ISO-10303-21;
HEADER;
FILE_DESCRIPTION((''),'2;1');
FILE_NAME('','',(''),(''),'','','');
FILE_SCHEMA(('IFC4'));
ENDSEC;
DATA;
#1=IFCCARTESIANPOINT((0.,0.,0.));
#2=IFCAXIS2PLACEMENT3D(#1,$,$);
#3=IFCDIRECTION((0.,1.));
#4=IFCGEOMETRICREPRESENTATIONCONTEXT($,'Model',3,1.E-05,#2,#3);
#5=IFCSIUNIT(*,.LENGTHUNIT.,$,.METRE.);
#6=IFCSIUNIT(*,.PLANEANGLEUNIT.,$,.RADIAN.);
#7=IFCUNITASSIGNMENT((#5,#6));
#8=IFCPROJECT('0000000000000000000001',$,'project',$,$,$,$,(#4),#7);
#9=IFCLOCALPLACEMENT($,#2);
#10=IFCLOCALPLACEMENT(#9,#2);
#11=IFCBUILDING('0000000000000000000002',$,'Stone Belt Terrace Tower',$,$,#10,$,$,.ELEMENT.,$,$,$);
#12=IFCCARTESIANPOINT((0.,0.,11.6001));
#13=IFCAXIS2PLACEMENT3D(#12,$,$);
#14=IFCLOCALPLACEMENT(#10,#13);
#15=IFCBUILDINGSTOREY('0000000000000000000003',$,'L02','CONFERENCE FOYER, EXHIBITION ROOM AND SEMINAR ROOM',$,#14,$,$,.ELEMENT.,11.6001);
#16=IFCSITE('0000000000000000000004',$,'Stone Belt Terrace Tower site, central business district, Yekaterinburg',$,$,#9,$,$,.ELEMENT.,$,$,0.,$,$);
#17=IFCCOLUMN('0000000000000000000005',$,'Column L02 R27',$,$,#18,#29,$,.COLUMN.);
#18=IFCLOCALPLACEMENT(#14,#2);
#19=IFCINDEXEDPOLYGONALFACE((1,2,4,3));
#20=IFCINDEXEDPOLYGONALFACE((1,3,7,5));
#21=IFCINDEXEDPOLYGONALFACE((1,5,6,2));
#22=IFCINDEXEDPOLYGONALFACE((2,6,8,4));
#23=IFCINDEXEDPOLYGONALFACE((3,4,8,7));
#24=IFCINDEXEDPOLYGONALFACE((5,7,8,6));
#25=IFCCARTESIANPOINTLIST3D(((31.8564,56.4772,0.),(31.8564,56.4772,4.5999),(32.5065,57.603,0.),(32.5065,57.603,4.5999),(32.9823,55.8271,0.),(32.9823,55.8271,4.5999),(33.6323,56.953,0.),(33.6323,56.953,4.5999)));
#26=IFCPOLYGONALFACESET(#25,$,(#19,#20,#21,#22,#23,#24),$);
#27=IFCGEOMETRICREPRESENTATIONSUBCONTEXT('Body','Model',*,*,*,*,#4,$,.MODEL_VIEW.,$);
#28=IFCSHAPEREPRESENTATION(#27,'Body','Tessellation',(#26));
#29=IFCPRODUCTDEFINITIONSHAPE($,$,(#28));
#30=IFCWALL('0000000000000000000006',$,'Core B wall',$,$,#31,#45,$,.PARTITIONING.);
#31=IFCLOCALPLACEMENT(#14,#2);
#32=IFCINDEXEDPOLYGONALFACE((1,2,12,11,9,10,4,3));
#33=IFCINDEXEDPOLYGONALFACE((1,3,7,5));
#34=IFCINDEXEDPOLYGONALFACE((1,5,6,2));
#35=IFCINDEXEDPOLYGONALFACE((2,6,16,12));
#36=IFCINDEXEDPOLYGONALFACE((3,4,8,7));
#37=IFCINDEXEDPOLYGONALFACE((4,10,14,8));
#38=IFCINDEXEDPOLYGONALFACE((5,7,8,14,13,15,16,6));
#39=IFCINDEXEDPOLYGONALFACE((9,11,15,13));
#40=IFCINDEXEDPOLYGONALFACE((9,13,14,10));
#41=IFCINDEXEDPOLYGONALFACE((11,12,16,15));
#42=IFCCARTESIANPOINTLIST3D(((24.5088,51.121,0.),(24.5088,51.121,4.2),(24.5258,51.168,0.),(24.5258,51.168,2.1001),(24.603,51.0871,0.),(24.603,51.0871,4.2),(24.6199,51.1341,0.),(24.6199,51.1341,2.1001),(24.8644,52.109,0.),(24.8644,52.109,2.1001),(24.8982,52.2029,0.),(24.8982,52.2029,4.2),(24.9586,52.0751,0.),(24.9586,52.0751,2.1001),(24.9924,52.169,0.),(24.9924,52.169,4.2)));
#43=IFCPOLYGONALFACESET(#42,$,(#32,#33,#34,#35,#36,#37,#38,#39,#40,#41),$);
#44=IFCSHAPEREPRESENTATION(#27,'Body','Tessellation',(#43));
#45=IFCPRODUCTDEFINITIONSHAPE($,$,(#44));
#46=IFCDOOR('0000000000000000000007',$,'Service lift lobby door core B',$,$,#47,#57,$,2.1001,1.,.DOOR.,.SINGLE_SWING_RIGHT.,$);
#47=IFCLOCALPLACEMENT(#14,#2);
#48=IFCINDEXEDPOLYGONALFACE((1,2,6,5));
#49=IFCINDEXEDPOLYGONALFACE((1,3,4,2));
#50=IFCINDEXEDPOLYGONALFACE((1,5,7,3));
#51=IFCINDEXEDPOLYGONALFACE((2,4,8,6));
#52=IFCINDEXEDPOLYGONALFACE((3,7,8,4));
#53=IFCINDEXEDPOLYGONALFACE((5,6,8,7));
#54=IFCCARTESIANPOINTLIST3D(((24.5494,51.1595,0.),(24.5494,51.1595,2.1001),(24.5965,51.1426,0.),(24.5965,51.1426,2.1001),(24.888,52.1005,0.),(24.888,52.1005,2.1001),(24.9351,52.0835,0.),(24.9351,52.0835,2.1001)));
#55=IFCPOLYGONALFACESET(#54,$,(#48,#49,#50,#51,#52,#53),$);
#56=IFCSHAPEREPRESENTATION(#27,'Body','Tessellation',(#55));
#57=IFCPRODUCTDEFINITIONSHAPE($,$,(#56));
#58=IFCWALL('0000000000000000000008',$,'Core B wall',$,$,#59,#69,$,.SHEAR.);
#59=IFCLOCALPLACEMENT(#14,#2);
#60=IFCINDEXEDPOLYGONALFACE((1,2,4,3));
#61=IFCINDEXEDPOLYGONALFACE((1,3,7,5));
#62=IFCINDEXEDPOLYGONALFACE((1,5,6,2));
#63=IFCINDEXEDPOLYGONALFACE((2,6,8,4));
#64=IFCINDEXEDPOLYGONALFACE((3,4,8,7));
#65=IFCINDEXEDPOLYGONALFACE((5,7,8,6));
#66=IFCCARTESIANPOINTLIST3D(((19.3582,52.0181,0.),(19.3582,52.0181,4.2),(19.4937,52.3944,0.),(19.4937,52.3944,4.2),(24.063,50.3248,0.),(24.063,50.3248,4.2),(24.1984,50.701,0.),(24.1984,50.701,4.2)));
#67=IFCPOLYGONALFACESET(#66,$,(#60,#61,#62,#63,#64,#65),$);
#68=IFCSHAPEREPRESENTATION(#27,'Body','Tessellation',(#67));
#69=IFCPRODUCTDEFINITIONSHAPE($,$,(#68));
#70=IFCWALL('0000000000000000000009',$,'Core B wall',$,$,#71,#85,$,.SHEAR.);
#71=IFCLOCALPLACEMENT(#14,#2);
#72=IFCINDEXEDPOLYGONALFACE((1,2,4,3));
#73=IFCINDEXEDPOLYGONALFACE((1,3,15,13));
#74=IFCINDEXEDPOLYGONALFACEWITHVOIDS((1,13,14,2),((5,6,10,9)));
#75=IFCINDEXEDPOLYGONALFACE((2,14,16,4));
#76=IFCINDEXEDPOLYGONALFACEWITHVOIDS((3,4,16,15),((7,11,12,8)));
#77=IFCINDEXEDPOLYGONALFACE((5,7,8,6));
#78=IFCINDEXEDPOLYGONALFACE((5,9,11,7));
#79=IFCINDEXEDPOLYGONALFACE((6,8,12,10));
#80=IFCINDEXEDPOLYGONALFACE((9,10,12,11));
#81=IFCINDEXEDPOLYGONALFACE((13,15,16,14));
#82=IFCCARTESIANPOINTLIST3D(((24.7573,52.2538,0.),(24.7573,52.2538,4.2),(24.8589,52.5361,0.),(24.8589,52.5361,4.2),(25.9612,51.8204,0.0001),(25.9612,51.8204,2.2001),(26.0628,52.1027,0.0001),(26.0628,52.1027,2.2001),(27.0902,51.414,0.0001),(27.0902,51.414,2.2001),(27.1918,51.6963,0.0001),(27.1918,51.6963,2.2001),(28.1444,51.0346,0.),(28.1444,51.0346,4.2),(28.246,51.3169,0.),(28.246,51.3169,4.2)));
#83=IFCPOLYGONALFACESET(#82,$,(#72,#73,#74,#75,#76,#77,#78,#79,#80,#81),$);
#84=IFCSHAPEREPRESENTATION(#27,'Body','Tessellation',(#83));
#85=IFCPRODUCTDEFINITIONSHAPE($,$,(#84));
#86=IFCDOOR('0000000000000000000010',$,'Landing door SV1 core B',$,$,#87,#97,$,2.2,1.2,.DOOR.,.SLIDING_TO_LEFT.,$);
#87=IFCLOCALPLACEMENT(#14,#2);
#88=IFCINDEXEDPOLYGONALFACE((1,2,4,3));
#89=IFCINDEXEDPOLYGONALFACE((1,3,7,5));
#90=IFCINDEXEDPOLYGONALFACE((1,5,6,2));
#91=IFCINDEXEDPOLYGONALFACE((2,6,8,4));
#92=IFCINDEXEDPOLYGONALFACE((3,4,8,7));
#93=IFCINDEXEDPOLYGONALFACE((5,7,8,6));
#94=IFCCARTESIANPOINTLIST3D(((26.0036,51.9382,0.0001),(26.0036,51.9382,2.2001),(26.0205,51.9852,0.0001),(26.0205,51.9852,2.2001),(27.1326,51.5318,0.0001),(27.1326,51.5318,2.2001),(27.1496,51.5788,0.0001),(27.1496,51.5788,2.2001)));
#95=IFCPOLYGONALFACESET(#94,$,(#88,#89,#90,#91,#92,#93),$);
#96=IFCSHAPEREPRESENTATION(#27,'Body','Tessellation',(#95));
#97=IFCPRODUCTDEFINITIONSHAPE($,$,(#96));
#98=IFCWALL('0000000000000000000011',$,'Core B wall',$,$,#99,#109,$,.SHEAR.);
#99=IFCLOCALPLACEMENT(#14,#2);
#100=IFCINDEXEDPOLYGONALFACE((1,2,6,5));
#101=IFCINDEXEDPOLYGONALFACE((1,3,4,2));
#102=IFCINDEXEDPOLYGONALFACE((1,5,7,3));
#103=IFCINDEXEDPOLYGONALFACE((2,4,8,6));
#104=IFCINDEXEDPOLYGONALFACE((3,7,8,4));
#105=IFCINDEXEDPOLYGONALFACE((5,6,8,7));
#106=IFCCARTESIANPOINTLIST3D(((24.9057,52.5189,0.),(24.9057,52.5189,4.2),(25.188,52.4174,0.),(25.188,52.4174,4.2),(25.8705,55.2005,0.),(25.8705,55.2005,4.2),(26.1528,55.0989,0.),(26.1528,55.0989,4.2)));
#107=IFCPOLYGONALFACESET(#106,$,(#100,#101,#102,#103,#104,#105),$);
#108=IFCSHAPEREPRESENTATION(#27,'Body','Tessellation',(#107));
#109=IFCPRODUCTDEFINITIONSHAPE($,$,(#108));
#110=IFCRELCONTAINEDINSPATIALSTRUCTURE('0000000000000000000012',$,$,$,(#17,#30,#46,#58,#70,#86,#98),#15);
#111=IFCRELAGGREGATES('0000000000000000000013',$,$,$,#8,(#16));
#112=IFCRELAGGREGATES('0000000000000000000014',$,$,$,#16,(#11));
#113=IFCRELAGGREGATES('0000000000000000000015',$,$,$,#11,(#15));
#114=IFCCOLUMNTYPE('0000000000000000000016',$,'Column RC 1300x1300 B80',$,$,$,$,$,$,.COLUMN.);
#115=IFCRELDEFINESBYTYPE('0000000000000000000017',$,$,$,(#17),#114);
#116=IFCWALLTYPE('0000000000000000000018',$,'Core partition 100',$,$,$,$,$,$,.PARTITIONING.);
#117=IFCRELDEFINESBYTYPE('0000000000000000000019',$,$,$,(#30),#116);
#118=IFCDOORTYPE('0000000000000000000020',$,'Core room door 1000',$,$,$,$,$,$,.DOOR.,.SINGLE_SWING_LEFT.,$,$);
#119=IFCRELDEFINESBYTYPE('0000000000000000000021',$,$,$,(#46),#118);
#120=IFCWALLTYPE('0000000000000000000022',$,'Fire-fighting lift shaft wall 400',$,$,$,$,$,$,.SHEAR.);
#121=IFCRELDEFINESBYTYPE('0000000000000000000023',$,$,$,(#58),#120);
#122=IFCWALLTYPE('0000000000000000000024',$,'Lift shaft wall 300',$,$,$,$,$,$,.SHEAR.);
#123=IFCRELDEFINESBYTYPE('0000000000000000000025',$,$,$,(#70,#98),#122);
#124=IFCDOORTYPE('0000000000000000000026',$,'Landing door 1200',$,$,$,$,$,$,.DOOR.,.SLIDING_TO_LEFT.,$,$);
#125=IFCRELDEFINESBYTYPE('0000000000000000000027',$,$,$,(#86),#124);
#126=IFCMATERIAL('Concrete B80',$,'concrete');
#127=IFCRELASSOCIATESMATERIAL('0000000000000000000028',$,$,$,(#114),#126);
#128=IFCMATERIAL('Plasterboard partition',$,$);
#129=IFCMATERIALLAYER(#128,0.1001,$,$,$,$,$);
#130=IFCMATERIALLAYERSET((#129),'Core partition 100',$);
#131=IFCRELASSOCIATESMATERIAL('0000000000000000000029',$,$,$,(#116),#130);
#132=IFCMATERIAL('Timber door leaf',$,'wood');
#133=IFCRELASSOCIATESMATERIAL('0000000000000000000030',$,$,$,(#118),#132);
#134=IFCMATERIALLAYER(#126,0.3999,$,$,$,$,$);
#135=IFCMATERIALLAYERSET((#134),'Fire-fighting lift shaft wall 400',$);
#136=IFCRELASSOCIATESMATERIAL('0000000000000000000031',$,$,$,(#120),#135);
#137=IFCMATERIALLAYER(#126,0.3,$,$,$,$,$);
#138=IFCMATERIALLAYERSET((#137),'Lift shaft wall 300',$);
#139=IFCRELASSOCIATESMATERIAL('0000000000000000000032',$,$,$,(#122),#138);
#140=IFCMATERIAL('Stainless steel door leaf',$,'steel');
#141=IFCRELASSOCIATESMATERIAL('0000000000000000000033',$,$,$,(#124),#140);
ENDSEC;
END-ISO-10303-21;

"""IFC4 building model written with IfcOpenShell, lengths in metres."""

from ifc_helpers import new_model, si_unit, direction, frame, frame_2d, origin, origin_2d, place, context, subcontext, project, spatial, rectangle, extrude, material, layer, layer_set, material_profile, profile_set, type_object, element, fill, save


model = new_model("IFC4")

# Units and contexts
model_context = context("Model", 3, precision=1e-05, world=origin(), true_north=direction((0.0, 1.0)))
body_context = subcontext(model_context, "Body", "Model", "MODEL_VIEW")
ifc_project = project(units=[si_unit("LENGTHUNIT", "METRE"), si_unit("PLANEANGLEUNIT", "RADIAN")], contexts=[model_context])

# Site, building, storey
site_placement = place(None, origin())
site = spatial("IfcSite", under=ifc_project, at=site_placement, Name="Stone Belt Terrace Tower site, central business district, Yekaterinburg", CompositionType="ELEMENT", RefElevation=0.0)
building_placement = place(site_placement, origin())
building = spatial("IfcBuilding", under=site, at=building_placement, Name="Stone Belt Terrace Tower", CompositionType="ELEMENT")
storey_placement = place(building_placement, frame((0.0, 0.0, 11.6001)))
storey = spatial("IfcBuildingStorey", under=building, at=storey_placement, Name="L02", Description="CONFERENCE FOYER, EXHIBITION ROOM AND SEMINAR ROOM", CompositionType="ELEMENT", Elevation=11.6001)

# Column
ifc_material_1 = material(Name="Concrete B80", Category="concrete")
ifc_material_profile = material_profile(ifc_material_1, rectangle(XDim=1.3, YDim=1.3, at=origin_2d()), Name="RC 1300x1300")
ifc_profile_set = profile_set([ifc_material_profile], Name="Concrete B80")
column_type = type_object("IfcColumnType", Name="Column RC 1300x1300 B80", PredefinedType="COLUMN", material=ifc_profile_set)
column_placement = place(storey_placement, frame((32.7444, 56.7151, 0.0), z_axis=(0.0, 0.0, 1.0), x_axis=(0.866025, -0.5, 0.0)))
element("IfcColumn", 1, at=column_placement, inside=storey, type_object=column_type, Name="Column L02 R27", PredefinedType="COLUMN", context=body_context, shape_type="SweptSolid", body=[
    extrude(rectangle(XDim=1.3, YDim=1.3, at=origin_2d()), origin(), (0.0, 0.0, 1.0), 4.5999),
])

# Wall, opening, door
ifc_material_2 = material(Name="Plasterboard partition")
ifc_layer_1 = layer(ifc_material_2, 0.1001)
ifc_layer_set_1 = layer_set([ifc_layer_1], Name="Core partition 100")
wall_type_1 = type_object("IfcWallType", Name="Core partition 100", PredefinedType="PARTITIONING", material=ifc_layer_set_1)
wall_1_placement = place(storey_placement, frame((24.5559, 51.104, 0.0), z_axis=(0.0, 0.0, 1.0), x_axis=(0.338622, 0.940923, 0.0)))
wall_1 = element("IfcWall", 2, at=wall_1_placement, inside=storey, type_object=wall_type_1, Name="Core B wall", PredefinedType="PARTITIONING", context=body_context, shape_type="SweptSolid", body=[
    extrude(rectangle(XDim=1.1499, YDim=0.1001, at=frame_2d((0.575, 0.0))), origin(), (0.0, 0.0, 1.0), 4.2),
])
opening_1_placement = place(wall_1_placement, frame((0.05, 0.0, 0.0)))
opening_1 = element("IfcOpeningElement", 3, at=opening_1_placement, cuts=wall_1, PredefinedType="OPENING", context=body_context, shape_type="SweptSolid", body=[
    extrude(rectangle(XDim=1.0, YDim=2.1001, at=frame_2d((0.5, 1.05))), frame((0.0, 0.0601, 0.0), z_axis=(0.0, -1.0, 0.0), x_axis=(1.0, 0.0, 0.0)), (0.0, 0.0, 1.0), 0.1201),
])
ifc_material_3 = material(Name="Timber door leaf", Category="wood")
door_type_1 = type_object("IfcDoorType", Name="Core room door 1000", OperationType="SINGLE_SWING_LEFT", PredefinedType="DOOR", material=ifc_material_3)
door_1_placement = place(opening_1_placement, origin())
door_1 = element("IfcDoor", 4, at=door_1_placement, inside=storey, type_object=door_type_1, Name="Service lift lobby door core B", OperationType="SINGLE_SWING_RIGHT", OverallHeight=2.1001, OverallWidth=1.0, PredefinedType="DOOR", context=body_context, shape_type="SweptSolid", body=[
    extrude(rectangle(XDim=1.0, YDim=2.1001, at=frame_2d((0.5, 1.05))), frame((0.0, 0.0249, 0.0), z_axis=(0.0, -1.0, 0.0), x_axis=(1.0, 0.0, 0.0)), (0.0, 0.0, 1.0), 0.05),
])
fill(opening_1, door_1)

# Wall
ifc_layer_2 = layer(ifc_material_1, 0.3999)
ifc_layer_set_2 = layer_set([ifc_layer_2], Name="Fire-fighting lift shaft wall 400")
wall_type_2 = type_object("IfcWallType", Name="Fire-fighting lift shaft wall 400", PredefinedType="SHEAR", material=ifc_layer_set_2)
wall_2_placement = place(storey_placement, frame((24.1306, 50.5129, 0.0), z_axis=(0.0, 0.0, 1.0), x_axis=(-0.940912, 0.338652, 0.0)))
element("IfcWall", 5, at=wall_2_placement, inside=storey, type_object=wall_type_2, Name="Core B wall", PredefinedType="SHEAR", context=body_context, shape_type="SweptSolid", body=[
    extrude(rectangle(XDim=5.0002, YDim=0.3999, at=frame_2d((2.5, 0.0))), origin(), (0.0, 0.0, 1.0), 4.2),
])

# Wall, opening, door
ifc_layer_3 = layer(ifc_material_1, 0.3)
ifc_layer_set_3 = layer_set([ifc_layer_3], Name="Lift shaft wall 300")
wall_type_3 = type_object("IfcWallType", Name="Lift shaft wall 300", PredefinedType="SHEAR", material=ifc_layer_set_3)
wall_3_placement = place(storey_placement, frame((28.1951, 51.1758, 0.0), z_axis=(0.0, 0.0, 1.0), x_axis=(-0.940901, 0.338681, 0.0)))
wall_3 = element("IfcWall", 6, at=wall_3_placement, inside=storey, type_object=wall_type_3, Name="Core B wall", PredefinedType="SHEAR", context=body_context, shape_type="SweptSolid", body=[
    extrude(rectangle(XDim=3.5999, YDim=0.3, at=frame_2d((1.7998, 0.0))), origin(), (0.0, 0.0, 1.0), 4.2),
])
opening_2_placement = place(wall_3_placement, frame((1.1201, 0.0, 0.0)))
opening_2 = element("IfcOpeningElement", 7, at=opening_2_placement, cuts=wall_3, PredefinedType="OPENING", context=body_context, shape_type="SweptSolid", body=[
    extrude(rectangle(XDim=1.2, YDim=2.2, at=frame_2d((0.6001, 1.1001))), frame((0.0, 0.1599, 0.0), z_axis=(0.0, -1.0, 0.0), x_axis=(1.0, 0.0, 0.0)), (0.0, 0.0, 1.0), 0.3201),
])
ifc_material_4 = material(Name="Stainless steel door leaf", Category="steel")
door_type_2 = type_object("IfcDoorType", Name="Landing door 1200", OperationType="SLIDING_TO_LEFT", PredefinedType="DOOR", material=ifc_material_4)
door_2_placement = place(opening_2_placement, origin())
door_2 = element("IfcDoor", 8, at=door_2_placement, inside=storey, type_object=door_type_2, Name="Landing door SV1 core B", OperationType="SLIDING_TO_LEFT", OverallHeight=2.2, OverallWidth=1.2, PredefinedType="DOOR", context=body_context, shape_type="SweptSolid", body=[
    extrude(rectangle(XDim=1.2, YDim=2.2, at=frame_2d((0.6001, 1.1001))), frame((0.0, 0.0249, 0.0), z_axis=(0.0, -1.0, 0.0), x_axis=(1.0, 0.0, 0.0)), (0.0, 0.0, 1.0), 0.05),
])
fill(opening_2, door_2)

# Wall
wall_4_placement = place(storey_placement, frame((25.0469, 52.4683, 0.0), z_axis=(0.0, 0.0, 1.0), x_axis=(0.33855, 0.940949, 0.0)))
element("IfcWall", 9, at=wall_4_placement, inside=storey, type_object=wall_type_3, Name="Core B wall", PredefinedType="SHEAR", context=body_context, shape_type="SweptSolid", body=[
    extrude(rectangle(XDim=2.8499, YDim=0.3, at=frame_2d((1.4248, 0.0))), origin(), (0.0, 0.0, 1.0), 4.2),
])

save(model, "model.ifc")
